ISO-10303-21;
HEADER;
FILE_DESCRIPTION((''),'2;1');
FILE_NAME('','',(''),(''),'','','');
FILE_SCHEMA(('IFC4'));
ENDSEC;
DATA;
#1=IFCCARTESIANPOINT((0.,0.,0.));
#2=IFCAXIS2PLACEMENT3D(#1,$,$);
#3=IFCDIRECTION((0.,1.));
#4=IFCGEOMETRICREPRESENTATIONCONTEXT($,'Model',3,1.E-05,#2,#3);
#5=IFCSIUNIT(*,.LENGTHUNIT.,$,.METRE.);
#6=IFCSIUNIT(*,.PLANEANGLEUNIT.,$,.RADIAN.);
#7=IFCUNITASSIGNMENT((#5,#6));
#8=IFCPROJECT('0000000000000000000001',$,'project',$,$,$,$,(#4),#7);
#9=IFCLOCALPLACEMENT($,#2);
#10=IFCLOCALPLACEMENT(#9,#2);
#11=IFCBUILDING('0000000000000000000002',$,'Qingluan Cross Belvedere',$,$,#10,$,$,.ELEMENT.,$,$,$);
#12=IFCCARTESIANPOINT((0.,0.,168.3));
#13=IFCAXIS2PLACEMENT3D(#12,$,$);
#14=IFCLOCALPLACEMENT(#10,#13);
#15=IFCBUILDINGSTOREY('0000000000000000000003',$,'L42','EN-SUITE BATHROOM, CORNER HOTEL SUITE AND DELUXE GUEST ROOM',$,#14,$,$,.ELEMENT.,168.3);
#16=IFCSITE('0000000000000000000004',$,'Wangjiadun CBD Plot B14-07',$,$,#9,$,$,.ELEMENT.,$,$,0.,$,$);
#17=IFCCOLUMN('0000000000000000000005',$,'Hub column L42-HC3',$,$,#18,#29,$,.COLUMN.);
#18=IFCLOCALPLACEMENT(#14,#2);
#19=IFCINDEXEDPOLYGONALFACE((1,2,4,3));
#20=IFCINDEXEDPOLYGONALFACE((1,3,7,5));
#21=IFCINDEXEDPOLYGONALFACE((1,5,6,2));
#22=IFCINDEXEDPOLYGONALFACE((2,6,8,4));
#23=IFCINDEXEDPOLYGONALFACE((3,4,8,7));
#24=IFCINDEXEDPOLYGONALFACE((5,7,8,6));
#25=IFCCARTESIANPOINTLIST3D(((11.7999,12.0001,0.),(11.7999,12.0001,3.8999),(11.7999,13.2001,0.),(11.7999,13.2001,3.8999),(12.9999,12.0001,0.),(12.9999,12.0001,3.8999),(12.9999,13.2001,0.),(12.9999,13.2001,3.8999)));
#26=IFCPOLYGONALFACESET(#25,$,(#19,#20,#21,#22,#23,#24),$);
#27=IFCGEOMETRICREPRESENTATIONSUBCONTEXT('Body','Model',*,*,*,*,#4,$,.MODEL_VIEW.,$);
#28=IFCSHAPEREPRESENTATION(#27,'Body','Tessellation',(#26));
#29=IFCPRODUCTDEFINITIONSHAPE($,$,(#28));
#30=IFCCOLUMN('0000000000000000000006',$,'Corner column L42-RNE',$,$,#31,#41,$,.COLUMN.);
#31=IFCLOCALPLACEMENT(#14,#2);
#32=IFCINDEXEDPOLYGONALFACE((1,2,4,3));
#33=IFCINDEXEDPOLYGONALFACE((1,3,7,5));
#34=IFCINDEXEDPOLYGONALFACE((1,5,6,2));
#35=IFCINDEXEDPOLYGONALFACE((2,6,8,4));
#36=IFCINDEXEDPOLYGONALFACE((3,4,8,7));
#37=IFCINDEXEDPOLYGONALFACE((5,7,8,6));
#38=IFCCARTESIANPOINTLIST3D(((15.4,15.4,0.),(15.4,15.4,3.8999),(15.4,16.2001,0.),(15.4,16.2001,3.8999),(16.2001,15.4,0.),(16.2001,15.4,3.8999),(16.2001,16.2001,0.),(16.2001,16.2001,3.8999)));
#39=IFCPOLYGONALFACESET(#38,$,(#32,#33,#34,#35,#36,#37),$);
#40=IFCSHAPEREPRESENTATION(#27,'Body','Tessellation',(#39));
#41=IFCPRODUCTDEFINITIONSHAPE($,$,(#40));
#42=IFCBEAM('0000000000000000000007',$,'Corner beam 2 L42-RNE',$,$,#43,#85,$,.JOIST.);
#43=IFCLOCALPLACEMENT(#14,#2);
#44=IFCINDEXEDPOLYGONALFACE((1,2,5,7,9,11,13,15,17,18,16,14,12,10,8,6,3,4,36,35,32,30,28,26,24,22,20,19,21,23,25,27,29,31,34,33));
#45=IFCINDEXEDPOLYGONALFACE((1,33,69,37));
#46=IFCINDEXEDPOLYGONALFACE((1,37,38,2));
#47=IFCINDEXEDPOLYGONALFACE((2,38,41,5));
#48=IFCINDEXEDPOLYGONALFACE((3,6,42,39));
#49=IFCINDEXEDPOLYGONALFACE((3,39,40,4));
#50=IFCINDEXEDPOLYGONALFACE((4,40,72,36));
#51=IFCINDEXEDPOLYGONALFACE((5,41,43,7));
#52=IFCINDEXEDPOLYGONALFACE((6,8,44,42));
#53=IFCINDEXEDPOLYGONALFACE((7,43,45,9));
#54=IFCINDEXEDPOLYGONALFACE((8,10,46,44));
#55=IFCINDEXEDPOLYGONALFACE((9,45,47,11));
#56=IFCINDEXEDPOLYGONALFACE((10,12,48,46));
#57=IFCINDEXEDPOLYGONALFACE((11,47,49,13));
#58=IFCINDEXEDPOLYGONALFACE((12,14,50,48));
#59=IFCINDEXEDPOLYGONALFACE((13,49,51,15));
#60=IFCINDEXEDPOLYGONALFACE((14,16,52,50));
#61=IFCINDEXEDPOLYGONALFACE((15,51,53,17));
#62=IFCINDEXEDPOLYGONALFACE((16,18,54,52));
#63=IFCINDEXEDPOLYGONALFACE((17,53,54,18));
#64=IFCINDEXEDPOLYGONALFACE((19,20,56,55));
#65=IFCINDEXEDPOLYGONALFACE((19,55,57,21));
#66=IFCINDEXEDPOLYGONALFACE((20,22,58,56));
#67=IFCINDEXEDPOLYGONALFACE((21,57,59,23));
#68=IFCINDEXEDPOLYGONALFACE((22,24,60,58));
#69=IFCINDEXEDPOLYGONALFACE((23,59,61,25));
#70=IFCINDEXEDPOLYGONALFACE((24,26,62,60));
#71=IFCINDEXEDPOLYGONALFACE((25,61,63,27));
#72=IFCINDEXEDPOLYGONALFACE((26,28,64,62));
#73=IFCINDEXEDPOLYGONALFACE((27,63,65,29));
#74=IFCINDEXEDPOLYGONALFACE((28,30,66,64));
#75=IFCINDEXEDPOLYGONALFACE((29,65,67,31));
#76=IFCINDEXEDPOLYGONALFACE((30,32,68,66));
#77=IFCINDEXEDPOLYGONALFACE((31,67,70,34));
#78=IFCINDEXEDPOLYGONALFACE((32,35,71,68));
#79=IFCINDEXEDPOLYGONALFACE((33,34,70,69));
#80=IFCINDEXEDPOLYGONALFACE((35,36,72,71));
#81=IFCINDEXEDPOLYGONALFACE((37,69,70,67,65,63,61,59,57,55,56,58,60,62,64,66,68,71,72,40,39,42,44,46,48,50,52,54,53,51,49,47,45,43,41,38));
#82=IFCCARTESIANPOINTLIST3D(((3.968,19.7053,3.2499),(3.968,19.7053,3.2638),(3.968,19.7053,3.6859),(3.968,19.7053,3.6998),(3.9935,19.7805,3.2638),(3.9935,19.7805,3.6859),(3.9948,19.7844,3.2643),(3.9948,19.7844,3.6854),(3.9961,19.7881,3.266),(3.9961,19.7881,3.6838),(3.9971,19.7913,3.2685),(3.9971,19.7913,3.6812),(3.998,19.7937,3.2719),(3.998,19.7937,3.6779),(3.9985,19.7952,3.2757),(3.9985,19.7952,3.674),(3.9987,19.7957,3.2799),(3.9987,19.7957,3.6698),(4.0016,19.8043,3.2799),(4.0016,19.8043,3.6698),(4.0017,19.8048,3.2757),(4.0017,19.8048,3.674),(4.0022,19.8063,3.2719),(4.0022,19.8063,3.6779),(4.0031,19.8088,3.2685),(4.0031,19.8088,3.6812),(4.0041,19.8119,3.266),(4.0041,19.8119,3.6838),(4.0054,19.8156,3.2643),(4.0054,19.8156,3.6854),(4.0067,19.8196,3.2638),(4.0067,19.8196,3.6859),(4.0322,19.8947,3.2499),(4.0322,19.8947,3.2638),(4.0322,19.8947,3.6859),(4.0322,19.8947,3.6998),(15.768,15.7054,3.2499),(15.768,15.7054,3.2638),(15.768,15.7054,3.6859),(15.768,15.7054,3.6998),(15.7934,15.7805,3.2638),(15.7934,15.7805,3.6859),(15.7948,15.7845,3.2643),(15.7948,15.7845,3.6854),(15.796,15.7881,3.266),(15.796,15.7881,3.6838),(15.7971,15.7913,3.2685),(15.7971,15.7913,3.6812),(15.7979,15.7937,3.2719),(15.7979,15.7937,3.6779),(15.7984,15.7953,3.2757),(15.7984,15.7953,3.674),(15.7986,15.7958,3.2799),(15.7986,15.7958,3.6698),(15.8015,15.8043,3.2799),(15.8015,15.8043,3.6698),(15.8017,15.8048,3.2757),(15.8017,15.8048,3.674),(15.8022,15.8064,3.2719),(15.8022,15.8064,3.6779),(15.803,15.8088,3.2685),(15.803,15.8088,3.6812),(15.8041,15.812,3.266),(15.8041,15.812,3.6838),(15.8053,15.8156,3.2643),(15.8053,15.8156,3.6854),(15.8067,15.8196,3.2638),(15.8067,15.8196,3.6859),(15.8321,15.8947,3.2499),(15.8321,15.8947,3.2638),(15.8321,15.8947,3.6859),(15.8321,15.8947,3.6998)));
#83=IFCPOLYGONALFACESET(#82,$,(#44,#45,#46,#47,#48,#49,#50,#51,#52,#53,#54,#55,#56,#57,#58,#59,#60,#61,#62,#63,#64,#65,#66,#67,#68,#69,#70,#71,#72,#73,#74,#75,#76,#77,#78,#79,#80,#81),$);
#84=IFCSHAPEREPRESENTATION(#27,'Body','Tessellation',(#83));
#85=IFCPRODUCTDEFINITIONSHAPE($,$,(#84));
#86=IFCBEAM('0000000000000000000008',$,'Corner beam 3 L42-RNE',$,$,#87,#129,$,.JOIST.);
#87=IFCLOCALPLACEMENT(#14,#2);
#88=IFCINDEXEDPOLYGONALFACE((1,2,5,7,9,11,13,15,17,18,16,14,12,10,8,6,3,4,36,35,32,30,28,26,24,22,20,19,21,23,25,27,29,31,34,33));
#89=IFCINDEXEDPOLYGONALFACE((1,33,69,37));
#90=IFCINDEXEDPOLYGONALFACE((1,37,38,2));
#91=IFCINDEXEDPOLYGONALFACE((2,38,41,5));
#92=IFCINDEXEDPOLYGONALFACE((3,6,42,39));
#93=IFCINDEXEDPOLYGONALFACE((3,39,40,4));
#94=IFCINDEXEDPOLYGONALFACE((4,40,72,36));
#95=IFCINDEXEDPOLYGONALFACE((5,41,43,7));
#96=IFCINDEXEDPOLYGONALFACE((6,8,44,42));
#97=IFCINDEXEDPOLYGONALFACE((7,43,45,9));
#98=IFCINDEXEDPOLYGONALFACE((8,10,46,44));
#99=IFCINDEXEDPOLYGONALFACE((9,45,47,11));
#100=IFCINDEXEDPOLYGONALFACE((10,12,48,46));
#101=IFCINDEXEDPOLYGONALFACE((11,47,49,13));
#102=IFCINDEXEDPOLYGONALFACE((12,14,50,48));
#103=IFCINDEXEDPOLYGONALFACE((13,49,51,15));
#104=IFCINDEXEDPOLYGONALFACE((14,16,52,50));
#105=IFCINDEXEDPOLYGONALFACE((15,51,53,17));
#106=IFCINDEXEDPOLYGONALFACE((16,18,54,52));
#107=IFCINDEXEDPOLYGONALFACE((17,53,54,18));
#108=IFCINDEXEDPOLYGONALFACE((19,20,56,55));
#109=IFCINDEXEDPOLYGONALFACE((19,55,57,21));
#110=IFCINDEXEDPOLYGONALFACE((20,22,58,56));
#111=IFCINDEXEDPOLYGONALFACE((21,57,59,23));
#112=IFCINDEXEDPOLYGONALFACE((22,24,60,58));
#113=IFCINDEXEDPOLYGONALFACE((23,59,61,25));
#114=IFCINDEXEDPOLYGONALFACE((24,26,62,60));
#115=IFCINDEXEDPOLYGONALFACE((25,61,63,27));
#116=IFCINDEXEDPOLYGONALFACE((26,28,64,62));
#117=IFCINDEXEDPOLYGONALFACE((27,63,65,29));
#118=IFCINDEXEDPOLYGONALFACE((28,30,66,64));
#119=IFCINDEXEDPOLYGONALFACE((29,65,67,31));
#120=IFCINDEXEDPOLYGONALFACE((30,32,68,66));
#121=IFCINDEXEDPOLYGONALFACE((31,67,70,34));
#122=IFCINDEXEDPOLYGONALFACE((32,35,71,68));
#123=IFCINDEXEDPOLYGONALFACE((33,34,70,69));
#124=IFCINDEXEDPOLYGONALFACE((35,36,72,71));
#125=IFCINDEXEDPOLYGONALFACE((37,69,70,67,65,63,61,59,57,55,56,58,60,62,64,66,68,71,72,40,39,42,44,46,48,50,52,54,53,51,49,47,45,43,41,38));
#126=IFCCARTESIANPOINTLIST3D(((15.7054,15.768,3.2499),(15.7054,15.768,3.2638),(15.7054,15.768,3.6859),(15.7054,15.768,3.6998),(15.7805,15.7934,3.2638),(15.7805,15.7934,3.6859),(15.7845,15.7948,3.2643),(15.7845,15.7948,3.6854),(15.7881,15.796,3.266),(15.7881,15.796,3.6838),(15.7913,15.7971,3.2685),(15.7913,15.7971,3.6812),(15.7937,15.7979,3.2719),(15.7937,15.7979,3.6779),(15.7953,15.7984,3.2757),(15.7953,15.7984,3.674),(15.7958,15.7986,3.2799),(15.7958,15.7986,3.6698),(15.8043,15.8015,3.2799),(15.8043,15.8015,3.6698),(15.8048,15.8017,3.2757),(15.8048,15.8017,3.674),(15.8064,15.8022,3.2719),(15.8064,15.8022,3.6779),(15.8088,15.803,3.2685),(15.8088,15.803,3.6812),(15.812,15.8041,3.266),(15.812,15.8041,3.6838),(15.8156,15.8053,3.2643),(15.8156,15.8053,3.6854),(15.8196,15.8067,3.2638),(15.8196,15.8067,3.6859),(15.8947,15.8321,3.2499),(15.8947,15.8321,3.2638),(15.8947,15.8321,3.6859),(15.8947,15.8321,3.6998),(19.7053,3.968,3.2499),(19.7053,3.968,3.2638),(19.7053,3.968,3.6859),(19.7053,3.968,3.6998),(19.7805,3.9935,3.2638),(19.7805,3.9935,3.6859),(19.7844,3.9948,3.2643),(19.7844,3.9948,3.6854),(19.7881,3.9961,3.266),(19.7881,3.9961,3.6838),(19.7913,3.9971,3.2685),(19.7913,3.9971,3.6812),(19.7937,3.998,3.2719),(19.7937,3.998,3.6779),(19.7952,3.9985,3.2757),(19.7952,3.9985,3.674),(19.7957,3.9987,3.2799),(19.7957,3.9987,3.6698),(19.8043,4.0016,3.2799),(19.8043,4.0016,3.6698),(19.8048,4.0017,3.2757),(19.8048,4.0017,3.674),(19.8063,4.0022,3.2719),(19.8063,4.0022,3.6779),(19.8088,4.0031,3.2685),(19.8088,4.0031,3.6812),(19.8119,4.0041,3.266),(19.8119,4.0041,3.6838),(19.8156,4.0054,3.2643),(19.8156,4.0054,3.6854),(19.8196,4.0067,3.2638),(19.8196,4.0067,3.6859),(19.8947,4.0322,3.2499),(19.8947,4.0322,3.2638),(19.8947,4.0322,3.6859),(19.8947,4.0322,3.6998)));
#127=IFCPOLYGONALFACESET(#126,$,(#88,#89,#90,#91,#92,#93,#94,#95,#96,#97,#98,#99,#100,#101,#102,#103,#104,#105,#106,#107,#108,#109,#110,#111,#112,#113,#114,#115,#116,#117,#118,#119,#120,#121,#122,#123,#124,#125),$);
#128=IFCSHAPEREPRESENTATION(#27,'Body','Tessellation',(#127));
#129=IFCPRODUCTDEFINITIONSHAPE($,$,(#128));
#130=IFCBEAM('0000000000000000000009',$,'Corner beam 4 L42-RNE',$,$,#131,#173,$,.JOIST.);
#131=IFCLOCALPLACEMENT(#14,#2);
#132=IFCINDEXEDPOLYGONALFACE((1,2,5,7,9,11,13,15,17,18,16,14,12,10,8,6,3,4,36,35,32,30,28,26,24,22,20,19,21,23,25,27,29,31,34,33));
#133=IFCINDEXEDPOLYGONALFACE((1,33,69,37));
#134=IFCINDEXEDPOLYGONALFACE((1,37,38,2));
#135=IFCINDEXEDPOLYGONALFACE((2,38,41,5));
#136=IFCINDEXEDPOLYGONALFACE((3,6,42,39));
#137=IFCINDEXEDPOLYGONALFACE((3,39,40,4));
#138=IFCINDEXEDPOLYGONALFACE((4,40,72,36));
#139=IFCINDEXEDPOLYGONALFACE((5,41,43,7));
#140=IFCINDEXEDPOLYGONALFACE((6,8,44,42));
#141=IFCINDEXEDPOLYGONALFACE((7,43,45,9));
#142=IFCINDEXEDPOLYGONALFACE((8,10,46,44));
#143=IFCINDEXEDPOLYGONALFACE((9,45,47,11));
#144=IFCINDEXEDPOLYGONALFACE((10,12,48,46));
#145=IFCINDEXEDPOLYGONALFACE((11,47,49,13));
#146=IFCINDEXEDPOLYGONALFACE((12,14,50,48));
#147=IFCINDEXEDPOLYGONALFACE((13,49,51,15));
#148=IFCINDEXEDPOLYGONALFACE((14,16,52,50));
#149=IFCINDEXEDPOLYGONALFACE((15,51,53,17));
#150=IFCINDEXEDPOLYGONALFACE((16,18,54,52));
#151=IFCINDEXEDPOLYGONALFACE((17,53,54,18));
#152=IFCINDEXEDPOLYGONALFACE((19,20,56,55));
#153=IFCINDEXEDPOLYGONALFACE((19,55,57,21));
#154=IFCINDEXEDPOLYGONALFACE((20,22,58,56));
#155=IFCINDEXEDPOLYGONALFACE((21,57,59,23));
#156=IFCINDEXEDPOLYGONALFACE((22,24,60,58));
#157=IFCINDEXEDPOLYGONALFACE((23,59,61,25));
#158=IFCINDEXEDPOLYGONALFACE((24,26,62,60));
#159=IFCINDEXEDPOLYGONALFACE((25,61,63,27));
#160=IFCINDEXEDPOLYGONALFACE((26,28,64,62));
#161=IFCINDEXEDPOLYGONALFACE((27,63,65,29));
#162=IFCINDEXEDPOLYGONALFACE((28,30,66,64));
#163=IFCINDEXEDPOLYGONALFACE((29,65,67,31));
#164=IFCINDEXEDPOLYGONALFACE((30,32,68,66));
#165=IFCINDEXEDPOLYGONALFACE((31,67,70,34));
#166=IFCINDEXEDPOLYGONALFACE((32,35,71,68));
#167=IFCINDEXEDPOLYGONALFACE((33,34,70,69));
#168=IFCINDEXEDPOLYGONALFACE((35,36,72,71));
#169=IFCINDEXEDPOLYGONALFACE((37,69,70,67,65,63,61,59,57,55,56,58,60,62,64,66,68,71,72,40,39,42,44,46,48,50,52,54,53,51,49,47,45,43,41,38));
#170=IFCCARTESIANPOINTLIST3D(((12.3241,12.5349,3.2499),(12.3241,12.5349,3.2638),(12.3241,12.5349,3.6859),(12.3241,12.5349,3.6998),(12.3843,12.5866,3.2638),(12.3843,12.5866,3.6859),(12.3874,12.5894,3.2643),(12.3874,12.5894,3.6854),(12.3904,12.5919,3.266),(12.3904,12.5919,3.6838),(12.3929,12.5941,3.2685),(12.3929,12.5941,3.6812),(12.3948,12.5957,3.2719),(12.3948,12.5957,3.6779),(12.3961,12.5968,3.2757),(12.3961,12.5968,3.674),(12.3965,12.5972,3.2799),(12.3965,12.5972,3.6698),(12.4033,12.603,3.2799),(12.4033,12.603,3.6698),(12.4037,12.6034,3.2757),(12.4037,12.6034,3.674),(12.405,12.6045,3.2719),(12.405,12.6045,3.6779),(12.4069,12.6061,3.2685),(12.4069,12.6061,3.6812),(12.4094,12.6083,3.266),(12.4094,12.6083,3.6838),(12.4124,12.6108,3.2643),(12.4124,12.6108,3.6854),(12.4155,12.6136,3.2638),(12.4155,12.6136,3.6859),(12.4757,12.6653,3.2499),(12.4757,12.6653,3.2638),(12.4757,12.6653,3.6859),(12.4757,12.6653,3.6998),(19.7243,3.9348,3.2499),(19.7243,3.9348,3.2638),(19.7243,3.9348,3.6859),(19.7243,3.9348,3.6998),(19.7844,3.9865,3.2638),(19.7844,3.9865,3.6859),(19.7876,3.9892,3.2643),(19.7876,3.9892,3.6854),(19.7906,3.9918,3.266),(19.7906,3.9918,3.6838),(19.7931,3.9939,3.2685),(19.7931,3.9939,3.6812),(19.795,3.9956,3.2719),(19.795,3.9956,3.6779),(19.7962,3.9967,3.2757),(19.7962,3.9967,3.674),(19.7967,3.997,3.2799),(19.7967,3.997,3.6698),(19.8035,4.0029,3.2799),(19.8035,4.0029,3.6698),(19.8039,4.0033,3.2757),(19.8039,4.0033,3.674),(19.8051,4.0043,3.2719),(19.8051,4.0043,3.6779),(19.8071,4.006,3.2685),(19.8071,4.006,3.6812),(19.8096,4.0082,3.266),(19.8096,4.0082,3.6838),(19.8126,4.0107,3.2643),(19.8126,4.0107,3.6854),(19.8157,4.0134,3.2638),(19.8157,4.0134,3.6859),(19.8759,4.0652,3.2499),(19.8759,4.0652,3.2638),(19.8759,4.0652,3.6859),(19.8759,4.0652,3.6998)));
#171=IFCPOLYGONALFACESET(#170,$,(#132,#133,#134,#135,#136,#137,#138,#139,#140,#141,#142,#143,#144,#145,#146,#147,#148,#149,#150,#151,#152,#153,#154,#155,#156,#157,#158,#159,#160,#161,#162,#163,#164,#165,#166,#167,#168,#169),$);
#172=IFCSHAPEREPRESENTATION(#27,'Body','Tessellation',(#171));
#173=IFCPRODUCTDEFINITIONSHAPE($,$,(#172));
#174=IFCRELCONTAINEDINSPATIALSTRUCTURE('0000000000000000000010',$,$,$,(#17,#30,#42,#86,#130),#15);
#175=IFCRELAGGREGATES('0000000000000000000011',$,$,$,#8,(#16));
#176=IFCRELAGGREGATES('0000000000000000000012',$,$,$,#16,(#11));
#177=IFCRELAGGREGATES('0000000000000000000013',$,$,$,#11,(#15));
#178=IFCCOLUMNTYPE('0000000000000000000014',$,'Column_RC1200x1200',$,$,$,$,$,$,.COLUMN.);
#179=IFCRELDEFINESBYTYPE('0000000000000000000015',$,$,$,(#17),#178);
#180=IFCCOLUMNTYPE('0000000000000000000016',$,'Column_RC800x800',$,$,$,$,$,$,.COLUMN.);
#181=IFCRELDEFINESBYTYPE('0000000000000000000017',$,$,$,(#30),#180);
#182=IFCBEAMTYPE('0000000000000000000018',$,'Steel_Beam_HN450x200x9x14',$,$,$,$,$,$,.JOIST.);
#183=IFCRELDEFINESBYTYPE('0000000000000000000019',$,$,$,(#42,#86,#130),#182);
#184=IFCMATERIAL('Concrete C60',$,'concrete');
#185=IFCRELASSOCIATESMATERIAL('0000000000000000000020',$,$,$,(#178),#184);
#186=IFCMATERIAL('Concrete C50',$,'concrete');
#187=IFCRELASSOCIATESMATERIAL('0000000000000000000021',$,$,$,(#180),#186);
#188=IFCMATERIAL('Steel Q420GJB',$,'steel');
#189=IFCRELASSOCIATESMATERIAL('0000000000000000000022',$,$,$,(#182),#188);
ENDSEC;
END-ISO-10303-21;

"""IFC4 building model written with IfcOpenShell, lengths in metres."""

from ifc_helpers import new_model, si_unit, direction, frame, origin, origin_2d, place, context, subcontext, project, spatial, rectangle, i_section, extrude, material, material_profile, profile_set, type_object, element, save


model = new_model("IFC4")

# Units and contexts
model_context = context("Model", 3, precision=1e-05, world=origin(), true_north=direction((0.0, 1.0)))
body_context = subcontext(model_context, "Body", "Model", "MODEL_VIEW")
ifc_project = project(units=[si_unit("LENGTHUNIT", "METRE"), si_unit("PLANEANGLEUNIT", "RADIAN")], contexts=[model_context])

# Site, building, storey
site_placement = place(None, origin())
site = spatial("IfcSite", under=ifc_project, at=site_placement, Name="Wangjiadun CBD Plot B14-07", CompositionType="ELEMENT", RefElevation=0.0)
building_placement = place(site_placement, origin())
building = spatial("IfcBuilding", under=site, at=building_placement, Name="Qingluan Cross Belvedere", CompositionType="ELEMENT")
storey_placement = place(building_placement, frame((0.0, 0.0, 168.3)))
storey = spatial("IfcBuildingStorey", under=building, at=storey_placement, Name="L42", Description="EN-SUITE BATHROOM, CORNER HOTEL SUITE AND DELUXE GUEST ROOM", CompositionType="ELEMENT", Elevation=168.3)

# Columns
ifc_material_1 = material(Name="Concrete C60", Category="concrete")
ifc_material_profile_1 = material_profile(ifc_material_1, rectangle(XDim=1.2, YDim=1.2, at=origin_2d()), Name="RC1200x1200")
ifc_profile_set_1 = profile_set([ifc_material_profile_1], Name="Concrete C60")
column_type_1 = type_object("IfcColumnType", Name="Column_RC1200x1200", PredefinedType="COLUMN", material=ifc_profile_set_1)
column_1_placement = place(storey_placement, frame((12.3999, 12.6001, 0.0), z_axis=(0.0, 0.0, 1.0), x_axis=(1.0, 0.0, 0.0)))
element("IfcColumn", 1, at=column_1_placement, inside=storey, type_object=column_type_1, Name="Hub column L42-HC3", PredefinedType="COLUMN", context=body_context, shape_type="SweptSolid", body=[
    extrude(rectangle(XDim=1.2, YDim=1.2, at=origin_2d()), origin(), (0.0, 0.0, 1.0), 3.8999),
])
ifc_material_2 = material(Name="Concrete C50", Category="concrete")
ifc_material_profile_2 = material_profile(ifc_material_2, rectangle(XDim=0.8, YDim=0.8, at=origin_2d()), Name="RC800x800")
ifc_profile_set_2 = profile_set([ifc_material_profile_2], Name="Concrete C50")
column_type_2 = type_object("IfcColumnType", Name="Column_RC800x800", PredefinedType="COLUMN", material=ifc_profile_set_2)
column_2_placement = place(storey_placement, frame((15.8, 15.8, 0.0), z_axis=(0.0, 0.0, 1.0), x_axis=(1.0, 0.0, 0.0)))
element("IfcColumn", 2, at=column_2_placement, inside=storey, type_object=column_type_2, Name="Corner column L42-RNE", PredefinedType="COLUMN", context=body_context, shape_type="SweptSolid", body=[
    extrude(rectangle(XDim=0.8, YDim=0.8, at=origin_2d()), origin(), (0.0, 0.0, 1.0), 3.8999),
])

# Beams
ifc_material_3 = material(Name="Steel Q420GJB", Category="steel")
ifc_material_profile_3 = material_profile(ifc_material_3, i_section(OverallWidth=0.2, OverallDepth=0.45, WebThickness=0.009, FlangeThickness=0.0139, FilletRadius=0.0161, at=origin_2d()), Name="HN450x200x9x14")
ifc_profile_set_3 = profile_set([ifc_material_profile_3], Name="Steel Q420GJB")
beam_type = type_object("IfcBeamType", Name="Steel_Beam_HN450x200x9x14", PredefinedType="JOIST", material=ifc_profile_set_3)
for number, where, z_axis, x_axis, name in (
    (3, (15.8, 15.8, 3.4749), (-0.947066, 0.321038, 0.0), (-0.321038, -0.947066, 0.0), "Corner beam 2 L42-RNE"),
    (4, (15.8, 15.8, 3.4749), (0.321038, -0.947066, 0.0), (0.947066, 0.321038, 0.0), "Corner beam 3 L42-RNE"),
):
    element("IfcBeam", number, at=place(storey_placement, frame(where, z_axis=z_axis, x_axis=x_axis)), inside=storey, type_object=beam_type, Name=name, PredefinedType="JOIST", context=body_context, shape_type="SweptSolid", body=[
        extrude(i_section(OverallWidth=0.2, OverallDepth=0.45, WebThickness=0.009, FlangeThickness=0.0139, FilletRadius=0.0161, at=origin_2d()), origin(), (0.0, 0.0, 1.0), 12.4595),
    ])
beam_1_placement = place(storey_placement, frame((12.3999, 12.6001, 3.4749), z_axis=(0.652245, -0.758008, 0.0), x_axis=(0.758008, 0.652245, 0.0)))
element("IfcBeam", 5, at=beam_1_placement, inside=storey, type_object=beam_type, Name="Corner beam 4 L42-RNE", PredefinedType="JOIST", context=body_context, shape_type="SweptSolid", body=[
    extrude(i_section(OverallWidth=0.2, OverallDepth=0.45, WebThickness=0.009, FlangeThickness=0.0139, FilletRadius=0.0161, at=origin_2d()), origin(), (0.0, 0.0, 1.0), 11.3457),
])

save(model, "model.ifc")
